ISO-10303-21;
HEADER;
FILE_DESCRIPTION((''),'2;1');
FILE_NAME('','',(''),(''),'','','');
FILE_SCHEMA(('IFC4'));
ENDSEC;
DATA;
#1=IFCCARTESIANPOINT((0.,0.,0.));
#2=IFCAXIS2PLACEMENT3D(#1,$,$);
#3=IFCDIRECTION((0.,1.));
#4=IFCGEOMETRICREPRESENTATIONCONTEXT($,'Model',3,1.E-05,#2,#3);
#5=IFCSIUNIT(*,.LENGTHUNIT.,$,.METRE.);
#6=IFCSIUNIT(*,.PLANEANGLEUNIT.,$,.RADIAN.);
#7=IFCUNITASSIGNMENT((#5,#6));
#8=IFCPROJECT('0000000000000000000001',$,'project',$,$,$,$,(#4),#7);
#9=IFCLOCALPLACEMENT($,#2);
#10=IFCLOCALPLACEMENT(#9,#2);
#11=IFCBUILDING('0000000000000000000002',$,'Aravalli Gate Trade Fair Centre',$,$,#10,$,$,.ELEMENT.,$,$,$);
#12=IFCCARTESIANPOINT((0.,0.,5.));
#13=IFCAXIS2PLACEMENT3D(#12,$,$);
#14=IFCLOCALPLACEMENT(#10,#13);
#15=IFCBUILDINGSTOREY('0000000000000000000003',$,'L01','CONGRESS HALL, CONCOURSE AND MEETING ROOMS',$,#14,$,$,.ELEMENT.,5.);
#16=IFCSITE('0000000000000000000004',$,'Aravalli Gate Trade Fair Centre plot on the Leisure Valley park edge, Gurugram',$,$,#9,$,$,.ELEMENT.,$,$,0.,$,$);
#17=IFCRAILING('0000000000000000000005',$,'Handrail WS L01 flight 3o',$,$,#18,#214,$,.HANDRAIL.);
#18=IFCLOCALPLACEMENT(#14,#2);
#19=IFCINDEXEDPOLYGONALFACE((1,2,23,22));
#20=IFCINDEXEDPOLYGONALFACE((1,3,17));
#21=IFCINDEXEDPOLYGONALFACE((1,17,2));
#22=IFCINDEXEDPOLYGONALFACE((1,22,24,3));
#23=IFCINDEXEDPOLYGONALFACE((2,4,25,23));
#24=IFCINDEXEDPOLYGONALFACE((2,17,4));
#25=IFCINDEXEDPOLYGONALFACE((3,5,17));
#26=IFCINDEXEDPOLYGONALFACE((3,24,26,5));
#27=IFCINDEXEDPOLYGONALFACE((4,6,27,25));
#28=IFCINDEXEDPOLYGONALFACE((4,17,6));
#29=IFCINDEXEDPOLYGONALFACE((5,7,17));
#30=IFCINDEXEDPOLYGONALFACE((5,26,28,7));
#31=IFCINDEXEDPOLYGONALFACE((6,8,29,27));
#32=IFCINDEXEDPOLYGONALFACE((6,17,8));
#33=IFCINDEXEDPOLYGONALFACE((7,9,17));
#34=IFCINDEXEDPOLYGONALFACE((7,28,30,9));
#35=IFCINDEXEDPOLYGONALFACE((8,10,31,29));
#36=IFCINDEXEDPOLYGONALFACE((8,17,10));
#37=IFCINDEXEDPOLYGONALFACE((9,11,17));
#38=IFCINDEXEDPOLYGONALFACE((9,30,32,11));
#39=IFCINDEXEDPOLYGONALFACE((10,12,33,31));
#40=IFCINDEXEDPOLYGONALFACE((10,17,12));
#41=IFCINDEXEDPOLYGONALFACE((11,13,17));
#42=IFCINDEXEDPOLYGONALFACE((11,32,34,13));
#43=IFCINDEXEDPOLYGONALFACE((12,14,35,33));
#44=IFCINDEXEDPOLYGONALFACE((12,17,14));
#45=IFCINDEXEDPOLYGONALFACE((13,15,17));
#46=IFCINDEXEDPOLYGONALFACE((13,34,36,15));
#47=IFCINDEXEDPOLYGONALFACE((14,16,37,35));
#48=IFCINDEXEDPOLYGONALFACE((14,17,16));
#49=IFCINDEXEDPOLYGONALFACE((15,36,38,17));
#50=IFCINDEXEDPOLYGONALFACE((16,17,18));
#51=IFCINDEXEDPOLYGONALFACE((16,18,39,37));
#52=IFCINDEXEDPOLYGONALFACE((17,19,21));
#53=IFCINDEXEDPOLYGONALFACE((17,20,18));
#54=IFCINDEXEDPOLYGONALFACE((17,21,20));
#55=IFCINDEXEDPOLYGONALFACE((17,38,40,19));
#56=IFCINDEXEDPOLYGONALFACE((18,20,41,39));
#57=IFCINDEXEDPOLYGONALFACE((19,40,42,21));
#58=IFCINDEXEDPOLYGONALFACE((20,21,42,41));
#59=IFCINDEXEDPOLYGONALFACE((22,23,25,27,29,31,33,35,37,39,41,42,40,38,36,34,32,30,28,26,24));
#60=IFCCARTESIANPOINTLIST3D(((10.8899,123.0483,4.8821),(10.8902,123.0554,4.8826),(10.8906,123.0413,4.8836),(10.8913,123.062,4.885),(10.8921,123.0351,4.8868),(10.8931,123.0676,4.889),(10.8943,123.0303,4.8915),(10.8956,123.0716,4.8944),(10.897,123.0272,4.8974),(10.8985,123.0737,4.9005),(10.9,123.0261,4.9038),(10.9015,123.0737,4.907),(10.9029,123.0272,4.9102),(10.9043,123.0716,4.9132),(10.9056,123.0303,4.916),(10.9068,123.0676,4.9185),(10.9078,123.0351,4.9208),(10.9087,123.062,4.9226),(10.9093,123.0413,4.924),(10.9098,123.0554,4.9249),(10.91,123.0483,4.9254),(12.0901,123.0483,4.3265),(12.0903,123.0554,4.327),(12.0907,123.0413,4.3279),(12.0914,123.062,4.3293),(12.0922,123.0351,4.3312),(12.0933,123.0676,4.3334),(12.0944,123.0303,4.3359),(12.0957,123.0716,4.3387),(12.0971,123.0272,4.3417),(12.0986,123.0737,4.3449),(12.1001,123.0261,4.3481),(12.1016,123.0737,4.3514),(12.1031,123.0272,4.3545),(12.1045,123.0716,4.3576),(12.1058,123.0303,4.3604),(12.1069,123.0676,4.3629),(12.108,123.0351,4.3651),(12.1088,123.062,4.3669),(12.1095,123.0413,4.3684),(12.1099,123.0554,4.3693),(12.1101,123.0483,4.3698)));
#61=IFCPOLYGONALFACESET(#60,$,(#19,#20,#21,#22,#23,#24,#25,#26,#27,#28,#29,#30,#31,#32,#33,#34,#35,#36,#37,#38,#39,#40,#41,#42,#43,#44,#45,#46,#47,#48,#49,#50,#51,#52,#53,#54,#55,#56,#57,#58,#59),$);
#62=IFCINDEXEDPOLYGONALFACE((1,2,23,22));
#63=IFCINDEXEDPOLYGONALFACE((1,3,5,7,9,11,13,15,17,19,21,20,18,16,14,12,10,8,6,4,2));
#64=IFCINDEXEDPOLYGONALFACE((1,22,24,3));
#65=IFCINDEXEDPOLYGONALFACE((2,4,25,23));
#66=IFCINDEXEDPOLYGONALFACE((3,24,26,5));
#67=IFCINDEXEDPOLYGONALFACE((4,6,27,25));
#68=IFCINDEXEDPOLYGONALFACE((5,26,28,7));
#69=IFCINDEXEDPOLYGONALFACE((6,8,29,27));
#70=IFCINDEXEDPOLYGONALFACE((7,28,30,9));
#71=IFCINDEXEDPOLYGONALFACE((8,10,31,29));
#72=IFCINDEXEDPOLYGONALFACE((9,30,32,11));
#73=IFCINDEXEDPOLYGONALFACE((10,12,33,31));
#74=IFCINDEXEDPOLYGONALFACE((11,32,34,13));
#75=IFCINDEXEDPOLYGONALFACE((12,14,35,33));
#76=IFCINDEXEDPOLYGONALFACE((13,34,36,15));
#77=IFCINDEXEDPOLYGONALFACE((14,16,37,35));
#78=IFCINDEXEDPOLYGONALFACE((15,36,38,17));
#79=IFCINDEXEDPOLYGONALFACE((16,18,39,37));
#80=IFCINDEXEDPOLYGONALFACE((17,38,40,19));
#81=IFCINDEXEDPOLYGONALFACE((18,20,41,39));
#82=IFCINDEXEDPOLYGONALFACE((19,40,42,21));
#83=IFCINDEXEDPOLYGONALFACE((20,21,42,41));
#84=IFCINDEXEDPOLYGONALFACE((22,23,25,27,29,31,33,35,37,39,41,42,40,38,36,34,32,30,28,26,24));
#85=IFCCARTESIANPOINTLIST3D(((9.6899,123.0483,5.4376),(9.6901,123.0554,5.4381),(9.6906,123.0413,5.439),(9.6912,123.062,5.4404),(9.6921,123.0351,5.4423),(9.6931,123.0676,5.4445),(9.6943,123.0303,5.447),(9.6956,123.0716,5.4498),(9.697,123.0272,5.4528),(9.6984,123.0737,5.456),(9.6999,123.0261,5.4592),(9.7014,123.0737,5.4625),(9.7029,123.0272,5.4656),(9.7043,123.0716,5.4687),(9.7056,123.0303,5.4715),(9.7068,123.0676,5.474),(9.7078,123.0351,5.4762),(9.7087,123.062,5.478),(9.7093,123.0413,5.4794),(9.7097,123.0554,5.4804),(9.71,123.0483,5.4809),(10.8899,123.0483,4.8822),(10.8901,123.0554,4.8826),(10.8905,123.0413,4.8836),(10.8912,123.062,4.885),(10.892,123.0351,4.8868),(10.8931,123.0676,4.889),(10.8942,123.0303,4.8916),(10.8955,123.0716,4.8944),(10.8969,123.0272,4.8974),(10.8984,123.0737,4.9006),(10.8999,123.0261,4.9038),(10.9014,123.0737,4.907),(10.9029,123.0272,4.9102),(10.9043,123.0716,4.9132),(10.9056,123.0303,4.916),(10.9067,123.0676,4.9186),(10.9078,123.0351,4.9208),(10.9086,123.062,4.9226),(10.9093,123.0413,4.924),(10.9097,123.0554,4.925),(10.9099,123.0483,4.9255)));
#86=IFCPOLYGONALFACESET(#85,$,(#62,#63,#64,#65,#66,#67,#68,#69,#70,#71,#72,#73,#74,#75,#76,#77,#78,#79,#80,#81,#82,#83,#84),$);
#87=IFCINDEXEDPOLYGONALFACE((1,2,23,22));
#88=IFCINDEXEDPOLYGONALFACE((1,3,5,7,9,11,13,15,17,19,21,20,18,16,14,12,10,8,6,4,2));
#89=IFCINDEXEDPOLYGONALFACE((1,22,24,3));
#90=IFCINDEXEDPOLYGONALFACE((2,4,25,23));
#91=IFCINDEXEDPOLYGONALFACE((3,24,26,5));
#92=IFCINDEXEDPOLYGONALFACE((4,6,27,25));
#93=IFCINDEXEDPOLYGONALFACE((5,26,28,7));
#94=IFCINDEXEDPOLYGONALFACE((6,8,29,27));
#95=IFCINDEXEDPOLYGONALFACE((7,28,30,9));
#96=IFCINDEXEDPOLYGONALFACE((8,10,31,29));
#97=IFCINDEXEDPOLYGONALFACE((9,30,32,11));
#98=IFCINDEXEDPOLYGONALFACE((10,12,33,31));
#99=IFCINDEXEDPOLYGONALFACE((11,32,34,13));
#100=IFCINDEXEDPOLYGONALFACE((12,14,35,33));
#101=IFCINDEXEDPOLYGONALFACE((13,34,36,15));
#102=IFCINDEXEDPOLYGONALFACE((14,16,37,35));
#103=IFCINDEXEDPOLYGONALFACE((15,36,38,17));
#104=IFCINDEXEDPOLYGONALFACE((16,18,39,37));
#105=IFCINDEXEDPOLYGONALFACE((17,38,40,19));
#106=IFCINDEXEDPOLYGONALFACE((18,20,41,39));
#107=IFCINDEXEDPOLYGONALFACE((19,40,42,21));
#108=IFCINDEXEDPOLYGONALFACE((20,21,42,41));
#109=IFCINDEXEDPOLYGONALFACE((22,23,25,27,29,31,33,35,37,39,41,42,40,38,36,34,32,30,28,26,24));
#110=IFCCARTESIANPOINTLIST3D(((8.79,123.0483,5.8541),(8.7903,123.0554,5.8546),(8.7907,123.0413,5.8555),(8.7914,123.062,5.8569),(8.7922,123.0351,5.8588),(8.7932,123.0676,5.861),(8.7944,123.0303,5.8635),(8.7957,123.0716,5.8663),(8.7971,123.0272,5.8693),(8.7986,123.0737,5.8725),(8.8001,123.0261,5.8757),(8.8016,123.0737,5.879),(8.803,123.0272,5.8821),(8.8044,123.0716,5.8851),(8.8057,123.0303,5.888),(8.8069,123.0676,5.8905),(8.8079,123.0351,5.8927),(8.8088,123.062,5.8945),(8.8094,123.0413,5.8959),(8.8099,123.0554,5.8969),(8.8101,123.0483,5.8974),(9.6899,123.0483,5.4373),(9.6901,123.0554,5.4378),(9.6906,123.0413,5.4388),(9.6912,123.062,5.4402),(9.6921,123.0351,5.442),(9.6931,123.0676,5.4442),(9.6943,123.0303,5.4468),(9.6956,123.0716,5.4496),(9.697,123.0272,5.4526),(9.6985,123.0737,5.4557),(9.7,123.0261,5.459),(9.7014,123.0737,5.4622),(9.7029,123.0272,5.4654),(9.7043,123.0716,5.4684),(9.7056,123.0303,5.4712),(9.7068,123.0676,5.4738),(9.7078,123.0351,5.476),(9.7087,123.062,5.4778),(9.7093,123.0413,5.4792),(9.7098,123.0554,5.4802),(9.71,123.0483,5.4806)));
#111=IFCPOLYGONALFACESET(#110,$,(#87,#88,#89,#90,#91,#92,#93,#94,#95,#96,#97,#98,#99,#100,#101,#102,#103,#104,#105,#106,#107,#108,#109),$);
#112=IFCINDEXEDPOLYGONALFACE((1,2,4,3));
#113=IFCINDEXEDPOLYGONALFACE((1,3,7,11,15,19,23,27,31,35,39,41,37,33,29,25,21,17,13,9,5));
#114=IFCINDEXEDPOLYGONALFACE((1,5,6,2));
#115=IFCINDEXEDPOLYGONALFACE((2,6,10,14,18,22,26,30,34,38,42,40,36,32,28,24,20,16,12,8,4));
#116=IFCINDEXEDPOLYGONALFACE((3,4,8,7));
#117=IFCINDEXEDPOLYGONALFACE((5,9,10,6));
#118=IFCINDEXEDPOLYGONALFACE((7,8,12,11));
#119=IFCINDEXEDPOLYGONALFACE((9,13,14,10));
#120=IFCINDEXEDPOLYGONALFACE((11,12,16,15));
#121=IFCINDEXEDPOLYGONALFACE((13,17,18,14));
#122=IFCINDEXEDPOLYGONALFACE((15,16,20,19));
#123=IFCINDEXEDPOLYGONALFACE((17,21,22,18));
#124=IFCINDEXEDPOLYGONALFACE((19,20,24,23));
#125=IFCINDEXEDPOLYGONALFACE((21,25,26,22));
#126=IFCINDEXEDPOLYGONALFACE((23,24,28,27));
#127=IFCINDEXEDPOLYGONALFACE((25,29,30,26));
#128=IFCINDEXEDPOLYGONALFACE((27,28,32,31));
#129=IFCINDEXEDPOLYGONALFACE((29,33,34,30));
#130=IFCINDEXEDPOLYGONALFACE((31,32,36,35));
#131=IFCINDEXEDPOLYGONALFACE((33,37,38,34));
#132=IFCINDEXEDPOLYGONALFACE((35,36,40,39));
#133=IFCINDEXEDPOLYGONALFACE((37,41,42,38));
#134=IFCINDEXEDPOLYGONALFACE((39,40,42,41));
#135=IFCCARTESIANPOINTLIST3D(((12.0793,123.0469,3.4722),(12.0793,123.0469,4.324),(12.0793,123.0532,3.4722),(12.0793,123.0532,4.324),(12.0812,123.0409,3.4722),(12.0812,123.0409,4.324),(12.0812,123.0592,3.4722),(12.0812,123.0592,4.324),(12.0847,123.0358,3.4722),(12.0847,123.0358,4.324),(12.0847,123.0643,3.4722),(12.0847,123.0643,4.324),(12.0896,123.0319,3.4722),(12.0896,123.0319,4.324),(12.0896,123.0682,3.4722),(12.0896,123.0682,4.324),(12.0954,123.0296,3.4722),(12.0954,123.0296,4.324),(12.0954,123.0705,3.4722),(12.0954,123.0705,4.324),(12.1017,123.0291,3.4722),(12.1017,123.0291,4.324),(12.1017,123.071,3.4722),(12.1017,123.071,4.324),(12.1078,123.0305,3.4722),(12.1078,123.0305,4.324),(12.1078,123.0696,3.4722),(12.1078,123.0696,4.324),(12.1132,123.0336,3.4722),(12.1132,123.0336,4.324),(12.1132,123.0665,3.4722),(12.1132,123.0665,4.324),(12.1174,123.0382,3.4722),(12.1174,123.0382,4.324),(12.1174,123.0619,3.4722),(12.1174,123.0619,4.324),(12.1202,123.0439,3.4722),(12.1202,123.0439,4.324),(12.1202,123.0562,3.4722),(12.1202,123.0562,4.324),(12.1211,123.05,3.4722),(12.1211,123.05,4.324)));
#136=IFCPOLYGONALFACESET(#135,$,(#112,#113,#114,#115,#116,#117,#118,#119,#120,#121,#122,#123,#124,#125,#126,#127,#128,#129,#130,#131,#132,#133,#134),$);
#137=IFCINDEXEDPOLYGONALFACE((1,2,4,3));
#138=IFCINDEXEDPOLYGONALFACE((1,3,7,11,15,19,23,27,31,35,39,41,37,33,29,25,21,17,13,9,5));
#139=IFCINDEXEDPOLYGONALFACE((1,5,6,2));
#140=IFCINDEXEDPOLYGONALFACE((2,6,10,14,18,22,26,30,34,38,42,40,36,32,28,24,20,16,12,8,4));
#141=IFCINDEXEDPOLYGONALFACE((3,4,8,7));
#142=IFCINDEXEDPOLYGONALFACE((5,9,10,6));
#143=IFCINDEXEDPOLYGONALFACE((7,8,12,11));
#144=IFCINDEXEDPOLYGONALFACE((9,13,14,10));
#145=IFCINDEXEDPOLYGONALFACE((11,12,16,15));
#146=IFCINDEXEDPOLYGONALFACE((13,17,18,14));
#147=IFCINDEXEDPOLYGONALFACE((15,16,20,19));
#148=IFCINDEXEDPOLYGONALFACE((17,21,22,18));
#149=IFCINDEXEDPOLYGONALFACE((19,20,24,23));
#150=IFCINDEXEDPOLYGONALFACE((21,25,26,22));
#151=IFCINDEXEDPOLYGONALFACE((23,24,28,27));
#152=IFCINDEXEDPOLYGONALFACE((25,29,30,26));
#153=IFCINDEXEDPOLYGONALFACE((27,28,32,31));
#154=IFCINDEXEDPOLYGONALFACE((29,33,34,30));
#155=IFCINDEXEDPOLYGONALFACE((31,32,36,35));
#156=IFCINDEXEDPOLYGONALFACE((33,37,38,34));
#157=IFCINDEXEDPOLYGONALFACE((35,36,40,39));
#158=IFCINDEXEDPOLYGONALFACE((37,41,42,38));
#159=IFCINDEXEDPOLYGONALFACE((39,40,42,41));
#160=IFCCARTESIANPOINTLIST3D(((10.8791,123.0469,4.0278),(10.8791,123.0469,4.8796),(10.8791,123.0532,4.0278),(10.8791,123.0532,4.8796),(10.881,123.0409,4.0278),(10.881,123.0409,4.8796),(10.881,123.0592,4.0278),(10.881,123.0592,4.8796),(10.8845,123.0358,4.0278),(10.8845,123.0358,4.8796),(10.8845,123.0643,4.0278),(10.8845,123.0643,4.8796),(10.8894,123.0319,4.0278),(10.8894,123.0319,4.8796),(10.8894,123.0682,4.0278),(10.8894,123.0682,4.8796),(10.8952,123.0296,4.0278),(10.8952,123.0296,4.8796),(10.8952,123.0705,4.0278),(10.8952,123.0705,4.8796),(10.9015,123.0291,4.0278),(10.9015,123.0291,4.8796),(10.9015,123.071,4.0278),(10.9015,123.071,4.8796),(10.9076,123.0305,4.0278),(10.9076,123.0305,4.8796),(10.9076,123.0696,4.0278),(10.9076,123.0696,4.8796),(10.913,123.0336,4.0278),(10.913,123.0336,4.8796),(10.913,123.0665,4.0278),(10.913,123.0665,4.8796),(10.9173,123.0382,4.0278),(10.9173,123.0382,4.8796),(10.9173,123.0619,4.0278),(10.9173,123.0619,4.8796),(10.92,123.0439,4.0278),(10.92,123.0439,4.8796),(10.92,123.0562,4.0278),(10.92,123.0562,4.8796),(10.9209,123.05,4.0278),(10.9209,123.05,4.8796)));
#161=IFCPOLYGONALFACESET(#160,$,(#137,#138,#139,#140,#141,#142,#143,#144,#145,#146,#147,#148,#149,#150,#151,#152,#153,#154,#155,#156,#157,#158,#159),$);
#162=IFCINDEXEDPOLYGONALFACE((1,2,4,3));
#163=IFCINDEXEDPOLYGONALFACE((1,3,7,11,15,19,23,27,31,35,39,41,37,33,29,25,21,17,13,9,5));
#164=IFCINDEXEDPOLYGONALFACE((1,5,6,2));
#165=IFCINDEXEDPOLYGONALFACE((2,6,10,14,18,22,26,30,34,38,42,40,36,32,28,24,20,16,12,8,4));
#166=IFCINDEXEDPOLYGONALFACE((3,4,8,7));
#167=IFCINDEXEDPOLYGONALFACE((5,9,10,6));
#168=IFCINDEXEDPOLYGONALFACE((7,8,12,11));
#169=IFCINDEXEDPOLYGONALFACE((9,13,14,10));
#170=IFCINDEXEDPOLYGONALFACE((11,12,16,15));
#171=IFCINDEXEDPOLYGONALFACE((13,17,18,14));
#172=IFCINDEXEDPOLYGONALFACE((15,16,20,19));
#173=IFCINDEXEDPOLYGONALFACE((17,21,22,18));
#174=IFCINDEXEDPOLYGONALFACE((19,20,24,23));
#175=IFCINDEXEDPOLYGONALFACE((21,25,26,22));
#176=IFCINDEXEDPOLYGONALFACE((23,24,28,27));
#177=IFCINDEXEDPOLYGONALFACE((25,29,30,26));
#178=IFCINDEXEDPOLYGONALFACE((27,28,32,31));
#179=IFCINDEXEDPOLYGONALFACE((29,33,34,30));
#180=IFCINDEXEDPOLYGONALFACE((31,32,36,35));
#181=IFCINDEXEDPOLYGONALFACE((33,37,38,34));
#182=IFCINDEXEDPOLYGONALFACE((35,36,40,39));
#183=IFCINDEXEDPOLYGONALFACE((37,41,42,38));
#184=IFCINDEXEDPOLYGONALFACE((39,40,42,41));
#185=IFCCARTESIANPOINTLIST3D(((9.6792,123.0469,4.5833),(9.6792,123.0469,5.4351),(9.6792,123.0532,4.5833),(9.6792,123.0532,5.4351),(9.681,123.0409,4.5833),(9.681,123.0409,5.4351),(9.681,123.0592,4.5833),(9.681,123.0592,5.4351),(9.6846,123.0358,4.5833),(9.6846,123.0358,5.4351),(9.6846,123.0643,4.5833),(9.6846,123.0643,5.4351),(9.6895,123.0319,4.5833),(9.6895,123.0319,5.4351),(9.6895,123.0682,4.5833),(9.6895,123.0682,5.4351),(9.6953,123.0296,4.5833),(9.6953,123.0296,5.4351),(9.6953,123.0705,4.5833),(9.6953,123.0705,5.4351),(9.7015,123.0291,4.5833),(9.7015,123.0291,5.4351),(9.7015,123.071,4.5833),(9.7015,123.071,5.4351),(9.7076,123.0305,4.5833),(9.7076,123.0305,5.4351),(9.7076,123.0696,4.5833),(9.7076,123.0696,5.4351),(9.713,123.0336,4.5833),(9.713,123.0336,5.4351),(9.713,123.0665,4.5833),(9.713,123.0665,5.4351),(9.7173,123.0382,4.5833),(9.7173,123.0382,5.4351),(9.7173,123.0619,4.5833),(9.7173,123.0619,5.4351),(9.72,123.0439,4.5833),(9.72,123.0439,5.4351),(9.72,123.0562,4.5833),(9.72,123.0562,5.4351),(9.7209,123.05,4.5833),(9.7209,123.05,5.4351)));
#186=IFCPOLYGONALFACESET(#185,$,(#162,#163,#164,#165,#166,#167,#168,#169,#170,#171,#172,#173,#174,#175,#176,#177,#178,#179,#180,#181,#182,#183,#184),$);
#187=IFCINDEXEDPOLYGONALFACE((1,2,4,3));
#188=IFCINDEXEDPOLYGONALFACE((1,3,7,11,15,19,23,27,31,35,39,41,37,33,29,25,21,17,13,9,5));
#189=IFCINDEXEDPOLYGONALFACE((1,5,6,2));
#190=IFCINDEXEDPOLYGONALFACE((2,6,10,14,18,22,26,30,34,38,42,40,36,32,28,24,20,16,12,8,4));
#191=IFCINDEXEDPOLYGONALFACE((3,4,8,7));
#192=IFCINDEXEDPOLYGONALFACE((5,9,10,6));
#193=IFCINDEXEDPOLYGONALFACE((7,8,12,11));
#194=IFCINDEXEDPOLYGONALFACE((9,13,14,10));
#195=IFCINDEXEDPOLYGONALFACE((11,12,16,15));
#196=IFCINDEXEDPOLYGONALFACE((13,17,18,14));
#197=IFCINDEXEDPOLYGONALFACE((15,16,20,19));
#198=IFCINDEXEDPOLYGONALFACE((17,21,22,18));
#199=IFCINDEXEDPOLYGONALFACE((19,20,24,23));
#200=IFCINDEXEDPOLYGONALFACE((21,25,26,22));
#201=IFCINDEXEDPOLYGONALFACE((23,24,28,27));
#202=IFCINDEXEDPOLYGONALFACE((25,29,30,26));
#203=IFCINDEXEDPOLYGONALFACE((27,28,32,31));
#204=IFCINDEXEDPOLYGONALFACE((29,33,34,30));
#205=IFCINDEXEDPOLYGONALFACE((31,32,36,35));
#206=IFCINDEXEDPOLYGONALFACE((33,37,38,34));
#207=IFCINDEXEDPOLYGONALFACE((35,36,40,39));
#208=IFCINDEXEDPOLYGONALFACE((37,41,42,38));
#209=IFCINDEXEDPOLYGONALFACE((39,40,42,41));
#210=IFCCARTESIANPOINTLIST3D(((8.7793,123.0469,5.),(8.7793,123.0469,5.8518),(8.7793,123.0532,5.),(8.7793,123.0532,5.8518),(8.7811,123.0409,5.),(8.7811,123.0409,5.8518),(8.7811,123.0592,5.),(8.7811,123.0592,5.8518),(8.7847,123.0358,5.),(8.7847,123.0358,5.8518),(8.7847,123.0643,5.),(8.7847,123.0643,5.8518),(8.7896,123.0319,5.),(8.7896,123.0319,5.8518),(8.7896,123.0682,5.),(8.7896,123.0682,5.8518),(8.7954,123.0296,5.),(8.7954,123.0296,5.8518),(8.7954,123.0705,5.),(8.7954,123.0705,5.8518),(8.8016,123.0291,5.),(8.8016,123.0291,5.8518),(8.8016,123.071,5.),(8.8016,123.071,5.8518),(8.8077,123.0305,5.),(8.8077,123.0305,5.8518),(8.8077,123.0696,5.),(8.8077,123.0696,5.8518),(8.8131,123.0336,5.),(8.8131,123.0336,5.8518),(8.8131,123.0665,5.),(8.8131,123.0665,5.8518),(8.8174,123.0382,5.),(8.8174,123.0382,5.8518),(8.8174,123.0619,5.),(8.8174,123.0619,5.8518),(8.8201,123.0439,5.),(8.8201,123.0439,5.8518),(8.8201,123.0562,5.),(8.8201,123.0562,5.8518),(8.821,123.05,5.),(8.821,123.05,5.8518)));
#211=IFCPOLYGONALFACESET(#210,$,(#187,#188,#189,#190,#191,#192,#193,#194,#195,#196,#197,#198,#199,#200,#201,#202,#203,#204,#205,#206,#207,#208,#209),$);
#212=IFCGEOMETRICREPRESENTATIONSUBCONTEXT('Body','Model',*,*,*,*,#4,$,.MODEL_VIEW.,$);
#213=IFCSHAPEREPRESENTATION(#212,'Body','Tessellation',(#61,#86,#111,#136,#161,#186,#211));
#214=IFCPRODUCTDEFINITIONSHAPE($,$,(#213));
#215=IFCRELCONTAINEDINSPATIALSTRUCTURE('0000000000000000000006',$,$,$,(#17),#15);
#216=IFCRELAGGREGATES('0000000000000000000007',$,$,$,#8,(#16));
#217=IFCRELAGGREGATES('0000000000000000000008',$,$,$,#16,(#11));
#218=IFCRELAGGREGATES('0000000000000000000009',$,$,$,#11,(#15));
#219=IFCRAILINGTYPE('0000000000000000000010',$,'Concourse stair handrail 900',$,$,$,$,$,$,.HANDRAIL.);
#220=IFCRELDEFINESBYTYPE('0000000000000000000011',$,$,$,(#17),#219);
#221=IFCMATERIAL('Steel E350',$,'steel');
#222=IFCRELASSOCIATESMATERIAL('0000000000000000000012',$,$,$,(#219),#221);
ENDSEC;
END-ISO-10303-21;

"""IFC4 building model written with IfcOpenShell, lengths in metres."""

from ifc_helpers import new_model, si_unit, direction, frame, origin, origin_2d, place, context, subcontext, project, spatial, circle, extrude, material, type_object, element, save


model = new_model("IFC4")

# Units and contexts
model_context = context("Model", 3, precision=1e-05, world=origin(), true_north=direction((0.0, 1.0)))
body_context = subcontext(model_context, "Body", "Model", "MODEL_VIEW")
ifc_project = project(units=[si_unit("LENGTHUNIT", "METRE"), si_unit("PLANEANGLEUNIT", "RADIAN")], contexts=[model_context])

# Site, building, storey
site_placement = place(None, origin())
site = spatial("IfcSite", under=ifc_project, at=site_placement, Name="Aravalli Gate Trade Fair Centre plot on the Leisure Valley park edge, Gurugram", CompositionType="ELEMENT", RefElevation=0.0)
building_placement = place(site_placement, origin())
building = spatial("IfcBuilding", under=site, at=building_placement, Name="Aravalli Gate Trade Fair Centre", CompositionType="ELEMENT")
storey_placement = place(building_placement, frame((0.0, 0.0, 5.0)))
storey = spatial("IfcBuildingStorey", under=building, at=storey_placement, Name="L01", Description="CONGRESS HALL, CONCOURSE AND MEETING ROOMS", CompositionType="ELEMENT", Elevation=5.0)

# Shared definitions
ifc_material_1 = material(Name="Steel E350", Category="steel")

# Railing
railing_type = type_object("IfcRailingType", Name="Concourse stair handrail 900", PredefinedType="HANDRAIL", material=ifc_material_1)
for number, where, name in (
    (1, (12.1001, 123.05, 3.4722), "Handrail WS L01 flight 3o"),
):
    element("IfcRailing", number, at=place(storey_placement, frame(where)), inside=storey, type_object=railing_type, Name=name, PredefinedType="HANDRAIL", context=body_context, shape_type="SweptSolid", body=[
        extrude(circle(Radius=0.0239, at=origin_2d()), frame((0.0, 0.0, 0.876), z_axis=(-0.907462, 0.0, 0.420135), x_axis=(0.0, -1.0, 0.0)), (0.0, 0.0, 1.0), 1.3225),
        extrude(circle(Radius=0.0239, at=origin_2d()), frame((-1.2002, 0.0, 1.4316), z_axis=(-0.907499, 0.0, 0.420053), x_axis=(0.0, -1.0, 0.0)), (0.0, 0.0, 1.0), 1.3223),
        extrude(circle(Radius=0.0239, at=origin_2d()), frame((-2.4001, 0.0, 1.9868), z_axis=(-0.907418, 0.0, 0.420229), x_axis=(0.0, -1.0, 0.0)), (0.0, 0.0, 1.0), 0.9917),
        extrude(circle(Radius=0.021, at=origin_2d()), origin(), (0.0, 0.0, 1.0), 0.8518),
        extrude(circle(Radius=0.021, at=origin_2d()), frame((-1.2002, 0.0, 0.5557)), (0.0, 0.0, 1.0), 0.8518),
        extrude(circle(Radius=0.021, at=origin_2d()), frame((-2.4001, 0.0, 1.1111)), (0.0, 0.0, 1.0), 0.8518),
        extrude(circle(Radius=0.021, at=origin_2d()), frame((-3.3, 0.0, 1.5278)), (0.0, 0.0, 1.0), 0.8518),
    ])

save(model, "model.ifc")
